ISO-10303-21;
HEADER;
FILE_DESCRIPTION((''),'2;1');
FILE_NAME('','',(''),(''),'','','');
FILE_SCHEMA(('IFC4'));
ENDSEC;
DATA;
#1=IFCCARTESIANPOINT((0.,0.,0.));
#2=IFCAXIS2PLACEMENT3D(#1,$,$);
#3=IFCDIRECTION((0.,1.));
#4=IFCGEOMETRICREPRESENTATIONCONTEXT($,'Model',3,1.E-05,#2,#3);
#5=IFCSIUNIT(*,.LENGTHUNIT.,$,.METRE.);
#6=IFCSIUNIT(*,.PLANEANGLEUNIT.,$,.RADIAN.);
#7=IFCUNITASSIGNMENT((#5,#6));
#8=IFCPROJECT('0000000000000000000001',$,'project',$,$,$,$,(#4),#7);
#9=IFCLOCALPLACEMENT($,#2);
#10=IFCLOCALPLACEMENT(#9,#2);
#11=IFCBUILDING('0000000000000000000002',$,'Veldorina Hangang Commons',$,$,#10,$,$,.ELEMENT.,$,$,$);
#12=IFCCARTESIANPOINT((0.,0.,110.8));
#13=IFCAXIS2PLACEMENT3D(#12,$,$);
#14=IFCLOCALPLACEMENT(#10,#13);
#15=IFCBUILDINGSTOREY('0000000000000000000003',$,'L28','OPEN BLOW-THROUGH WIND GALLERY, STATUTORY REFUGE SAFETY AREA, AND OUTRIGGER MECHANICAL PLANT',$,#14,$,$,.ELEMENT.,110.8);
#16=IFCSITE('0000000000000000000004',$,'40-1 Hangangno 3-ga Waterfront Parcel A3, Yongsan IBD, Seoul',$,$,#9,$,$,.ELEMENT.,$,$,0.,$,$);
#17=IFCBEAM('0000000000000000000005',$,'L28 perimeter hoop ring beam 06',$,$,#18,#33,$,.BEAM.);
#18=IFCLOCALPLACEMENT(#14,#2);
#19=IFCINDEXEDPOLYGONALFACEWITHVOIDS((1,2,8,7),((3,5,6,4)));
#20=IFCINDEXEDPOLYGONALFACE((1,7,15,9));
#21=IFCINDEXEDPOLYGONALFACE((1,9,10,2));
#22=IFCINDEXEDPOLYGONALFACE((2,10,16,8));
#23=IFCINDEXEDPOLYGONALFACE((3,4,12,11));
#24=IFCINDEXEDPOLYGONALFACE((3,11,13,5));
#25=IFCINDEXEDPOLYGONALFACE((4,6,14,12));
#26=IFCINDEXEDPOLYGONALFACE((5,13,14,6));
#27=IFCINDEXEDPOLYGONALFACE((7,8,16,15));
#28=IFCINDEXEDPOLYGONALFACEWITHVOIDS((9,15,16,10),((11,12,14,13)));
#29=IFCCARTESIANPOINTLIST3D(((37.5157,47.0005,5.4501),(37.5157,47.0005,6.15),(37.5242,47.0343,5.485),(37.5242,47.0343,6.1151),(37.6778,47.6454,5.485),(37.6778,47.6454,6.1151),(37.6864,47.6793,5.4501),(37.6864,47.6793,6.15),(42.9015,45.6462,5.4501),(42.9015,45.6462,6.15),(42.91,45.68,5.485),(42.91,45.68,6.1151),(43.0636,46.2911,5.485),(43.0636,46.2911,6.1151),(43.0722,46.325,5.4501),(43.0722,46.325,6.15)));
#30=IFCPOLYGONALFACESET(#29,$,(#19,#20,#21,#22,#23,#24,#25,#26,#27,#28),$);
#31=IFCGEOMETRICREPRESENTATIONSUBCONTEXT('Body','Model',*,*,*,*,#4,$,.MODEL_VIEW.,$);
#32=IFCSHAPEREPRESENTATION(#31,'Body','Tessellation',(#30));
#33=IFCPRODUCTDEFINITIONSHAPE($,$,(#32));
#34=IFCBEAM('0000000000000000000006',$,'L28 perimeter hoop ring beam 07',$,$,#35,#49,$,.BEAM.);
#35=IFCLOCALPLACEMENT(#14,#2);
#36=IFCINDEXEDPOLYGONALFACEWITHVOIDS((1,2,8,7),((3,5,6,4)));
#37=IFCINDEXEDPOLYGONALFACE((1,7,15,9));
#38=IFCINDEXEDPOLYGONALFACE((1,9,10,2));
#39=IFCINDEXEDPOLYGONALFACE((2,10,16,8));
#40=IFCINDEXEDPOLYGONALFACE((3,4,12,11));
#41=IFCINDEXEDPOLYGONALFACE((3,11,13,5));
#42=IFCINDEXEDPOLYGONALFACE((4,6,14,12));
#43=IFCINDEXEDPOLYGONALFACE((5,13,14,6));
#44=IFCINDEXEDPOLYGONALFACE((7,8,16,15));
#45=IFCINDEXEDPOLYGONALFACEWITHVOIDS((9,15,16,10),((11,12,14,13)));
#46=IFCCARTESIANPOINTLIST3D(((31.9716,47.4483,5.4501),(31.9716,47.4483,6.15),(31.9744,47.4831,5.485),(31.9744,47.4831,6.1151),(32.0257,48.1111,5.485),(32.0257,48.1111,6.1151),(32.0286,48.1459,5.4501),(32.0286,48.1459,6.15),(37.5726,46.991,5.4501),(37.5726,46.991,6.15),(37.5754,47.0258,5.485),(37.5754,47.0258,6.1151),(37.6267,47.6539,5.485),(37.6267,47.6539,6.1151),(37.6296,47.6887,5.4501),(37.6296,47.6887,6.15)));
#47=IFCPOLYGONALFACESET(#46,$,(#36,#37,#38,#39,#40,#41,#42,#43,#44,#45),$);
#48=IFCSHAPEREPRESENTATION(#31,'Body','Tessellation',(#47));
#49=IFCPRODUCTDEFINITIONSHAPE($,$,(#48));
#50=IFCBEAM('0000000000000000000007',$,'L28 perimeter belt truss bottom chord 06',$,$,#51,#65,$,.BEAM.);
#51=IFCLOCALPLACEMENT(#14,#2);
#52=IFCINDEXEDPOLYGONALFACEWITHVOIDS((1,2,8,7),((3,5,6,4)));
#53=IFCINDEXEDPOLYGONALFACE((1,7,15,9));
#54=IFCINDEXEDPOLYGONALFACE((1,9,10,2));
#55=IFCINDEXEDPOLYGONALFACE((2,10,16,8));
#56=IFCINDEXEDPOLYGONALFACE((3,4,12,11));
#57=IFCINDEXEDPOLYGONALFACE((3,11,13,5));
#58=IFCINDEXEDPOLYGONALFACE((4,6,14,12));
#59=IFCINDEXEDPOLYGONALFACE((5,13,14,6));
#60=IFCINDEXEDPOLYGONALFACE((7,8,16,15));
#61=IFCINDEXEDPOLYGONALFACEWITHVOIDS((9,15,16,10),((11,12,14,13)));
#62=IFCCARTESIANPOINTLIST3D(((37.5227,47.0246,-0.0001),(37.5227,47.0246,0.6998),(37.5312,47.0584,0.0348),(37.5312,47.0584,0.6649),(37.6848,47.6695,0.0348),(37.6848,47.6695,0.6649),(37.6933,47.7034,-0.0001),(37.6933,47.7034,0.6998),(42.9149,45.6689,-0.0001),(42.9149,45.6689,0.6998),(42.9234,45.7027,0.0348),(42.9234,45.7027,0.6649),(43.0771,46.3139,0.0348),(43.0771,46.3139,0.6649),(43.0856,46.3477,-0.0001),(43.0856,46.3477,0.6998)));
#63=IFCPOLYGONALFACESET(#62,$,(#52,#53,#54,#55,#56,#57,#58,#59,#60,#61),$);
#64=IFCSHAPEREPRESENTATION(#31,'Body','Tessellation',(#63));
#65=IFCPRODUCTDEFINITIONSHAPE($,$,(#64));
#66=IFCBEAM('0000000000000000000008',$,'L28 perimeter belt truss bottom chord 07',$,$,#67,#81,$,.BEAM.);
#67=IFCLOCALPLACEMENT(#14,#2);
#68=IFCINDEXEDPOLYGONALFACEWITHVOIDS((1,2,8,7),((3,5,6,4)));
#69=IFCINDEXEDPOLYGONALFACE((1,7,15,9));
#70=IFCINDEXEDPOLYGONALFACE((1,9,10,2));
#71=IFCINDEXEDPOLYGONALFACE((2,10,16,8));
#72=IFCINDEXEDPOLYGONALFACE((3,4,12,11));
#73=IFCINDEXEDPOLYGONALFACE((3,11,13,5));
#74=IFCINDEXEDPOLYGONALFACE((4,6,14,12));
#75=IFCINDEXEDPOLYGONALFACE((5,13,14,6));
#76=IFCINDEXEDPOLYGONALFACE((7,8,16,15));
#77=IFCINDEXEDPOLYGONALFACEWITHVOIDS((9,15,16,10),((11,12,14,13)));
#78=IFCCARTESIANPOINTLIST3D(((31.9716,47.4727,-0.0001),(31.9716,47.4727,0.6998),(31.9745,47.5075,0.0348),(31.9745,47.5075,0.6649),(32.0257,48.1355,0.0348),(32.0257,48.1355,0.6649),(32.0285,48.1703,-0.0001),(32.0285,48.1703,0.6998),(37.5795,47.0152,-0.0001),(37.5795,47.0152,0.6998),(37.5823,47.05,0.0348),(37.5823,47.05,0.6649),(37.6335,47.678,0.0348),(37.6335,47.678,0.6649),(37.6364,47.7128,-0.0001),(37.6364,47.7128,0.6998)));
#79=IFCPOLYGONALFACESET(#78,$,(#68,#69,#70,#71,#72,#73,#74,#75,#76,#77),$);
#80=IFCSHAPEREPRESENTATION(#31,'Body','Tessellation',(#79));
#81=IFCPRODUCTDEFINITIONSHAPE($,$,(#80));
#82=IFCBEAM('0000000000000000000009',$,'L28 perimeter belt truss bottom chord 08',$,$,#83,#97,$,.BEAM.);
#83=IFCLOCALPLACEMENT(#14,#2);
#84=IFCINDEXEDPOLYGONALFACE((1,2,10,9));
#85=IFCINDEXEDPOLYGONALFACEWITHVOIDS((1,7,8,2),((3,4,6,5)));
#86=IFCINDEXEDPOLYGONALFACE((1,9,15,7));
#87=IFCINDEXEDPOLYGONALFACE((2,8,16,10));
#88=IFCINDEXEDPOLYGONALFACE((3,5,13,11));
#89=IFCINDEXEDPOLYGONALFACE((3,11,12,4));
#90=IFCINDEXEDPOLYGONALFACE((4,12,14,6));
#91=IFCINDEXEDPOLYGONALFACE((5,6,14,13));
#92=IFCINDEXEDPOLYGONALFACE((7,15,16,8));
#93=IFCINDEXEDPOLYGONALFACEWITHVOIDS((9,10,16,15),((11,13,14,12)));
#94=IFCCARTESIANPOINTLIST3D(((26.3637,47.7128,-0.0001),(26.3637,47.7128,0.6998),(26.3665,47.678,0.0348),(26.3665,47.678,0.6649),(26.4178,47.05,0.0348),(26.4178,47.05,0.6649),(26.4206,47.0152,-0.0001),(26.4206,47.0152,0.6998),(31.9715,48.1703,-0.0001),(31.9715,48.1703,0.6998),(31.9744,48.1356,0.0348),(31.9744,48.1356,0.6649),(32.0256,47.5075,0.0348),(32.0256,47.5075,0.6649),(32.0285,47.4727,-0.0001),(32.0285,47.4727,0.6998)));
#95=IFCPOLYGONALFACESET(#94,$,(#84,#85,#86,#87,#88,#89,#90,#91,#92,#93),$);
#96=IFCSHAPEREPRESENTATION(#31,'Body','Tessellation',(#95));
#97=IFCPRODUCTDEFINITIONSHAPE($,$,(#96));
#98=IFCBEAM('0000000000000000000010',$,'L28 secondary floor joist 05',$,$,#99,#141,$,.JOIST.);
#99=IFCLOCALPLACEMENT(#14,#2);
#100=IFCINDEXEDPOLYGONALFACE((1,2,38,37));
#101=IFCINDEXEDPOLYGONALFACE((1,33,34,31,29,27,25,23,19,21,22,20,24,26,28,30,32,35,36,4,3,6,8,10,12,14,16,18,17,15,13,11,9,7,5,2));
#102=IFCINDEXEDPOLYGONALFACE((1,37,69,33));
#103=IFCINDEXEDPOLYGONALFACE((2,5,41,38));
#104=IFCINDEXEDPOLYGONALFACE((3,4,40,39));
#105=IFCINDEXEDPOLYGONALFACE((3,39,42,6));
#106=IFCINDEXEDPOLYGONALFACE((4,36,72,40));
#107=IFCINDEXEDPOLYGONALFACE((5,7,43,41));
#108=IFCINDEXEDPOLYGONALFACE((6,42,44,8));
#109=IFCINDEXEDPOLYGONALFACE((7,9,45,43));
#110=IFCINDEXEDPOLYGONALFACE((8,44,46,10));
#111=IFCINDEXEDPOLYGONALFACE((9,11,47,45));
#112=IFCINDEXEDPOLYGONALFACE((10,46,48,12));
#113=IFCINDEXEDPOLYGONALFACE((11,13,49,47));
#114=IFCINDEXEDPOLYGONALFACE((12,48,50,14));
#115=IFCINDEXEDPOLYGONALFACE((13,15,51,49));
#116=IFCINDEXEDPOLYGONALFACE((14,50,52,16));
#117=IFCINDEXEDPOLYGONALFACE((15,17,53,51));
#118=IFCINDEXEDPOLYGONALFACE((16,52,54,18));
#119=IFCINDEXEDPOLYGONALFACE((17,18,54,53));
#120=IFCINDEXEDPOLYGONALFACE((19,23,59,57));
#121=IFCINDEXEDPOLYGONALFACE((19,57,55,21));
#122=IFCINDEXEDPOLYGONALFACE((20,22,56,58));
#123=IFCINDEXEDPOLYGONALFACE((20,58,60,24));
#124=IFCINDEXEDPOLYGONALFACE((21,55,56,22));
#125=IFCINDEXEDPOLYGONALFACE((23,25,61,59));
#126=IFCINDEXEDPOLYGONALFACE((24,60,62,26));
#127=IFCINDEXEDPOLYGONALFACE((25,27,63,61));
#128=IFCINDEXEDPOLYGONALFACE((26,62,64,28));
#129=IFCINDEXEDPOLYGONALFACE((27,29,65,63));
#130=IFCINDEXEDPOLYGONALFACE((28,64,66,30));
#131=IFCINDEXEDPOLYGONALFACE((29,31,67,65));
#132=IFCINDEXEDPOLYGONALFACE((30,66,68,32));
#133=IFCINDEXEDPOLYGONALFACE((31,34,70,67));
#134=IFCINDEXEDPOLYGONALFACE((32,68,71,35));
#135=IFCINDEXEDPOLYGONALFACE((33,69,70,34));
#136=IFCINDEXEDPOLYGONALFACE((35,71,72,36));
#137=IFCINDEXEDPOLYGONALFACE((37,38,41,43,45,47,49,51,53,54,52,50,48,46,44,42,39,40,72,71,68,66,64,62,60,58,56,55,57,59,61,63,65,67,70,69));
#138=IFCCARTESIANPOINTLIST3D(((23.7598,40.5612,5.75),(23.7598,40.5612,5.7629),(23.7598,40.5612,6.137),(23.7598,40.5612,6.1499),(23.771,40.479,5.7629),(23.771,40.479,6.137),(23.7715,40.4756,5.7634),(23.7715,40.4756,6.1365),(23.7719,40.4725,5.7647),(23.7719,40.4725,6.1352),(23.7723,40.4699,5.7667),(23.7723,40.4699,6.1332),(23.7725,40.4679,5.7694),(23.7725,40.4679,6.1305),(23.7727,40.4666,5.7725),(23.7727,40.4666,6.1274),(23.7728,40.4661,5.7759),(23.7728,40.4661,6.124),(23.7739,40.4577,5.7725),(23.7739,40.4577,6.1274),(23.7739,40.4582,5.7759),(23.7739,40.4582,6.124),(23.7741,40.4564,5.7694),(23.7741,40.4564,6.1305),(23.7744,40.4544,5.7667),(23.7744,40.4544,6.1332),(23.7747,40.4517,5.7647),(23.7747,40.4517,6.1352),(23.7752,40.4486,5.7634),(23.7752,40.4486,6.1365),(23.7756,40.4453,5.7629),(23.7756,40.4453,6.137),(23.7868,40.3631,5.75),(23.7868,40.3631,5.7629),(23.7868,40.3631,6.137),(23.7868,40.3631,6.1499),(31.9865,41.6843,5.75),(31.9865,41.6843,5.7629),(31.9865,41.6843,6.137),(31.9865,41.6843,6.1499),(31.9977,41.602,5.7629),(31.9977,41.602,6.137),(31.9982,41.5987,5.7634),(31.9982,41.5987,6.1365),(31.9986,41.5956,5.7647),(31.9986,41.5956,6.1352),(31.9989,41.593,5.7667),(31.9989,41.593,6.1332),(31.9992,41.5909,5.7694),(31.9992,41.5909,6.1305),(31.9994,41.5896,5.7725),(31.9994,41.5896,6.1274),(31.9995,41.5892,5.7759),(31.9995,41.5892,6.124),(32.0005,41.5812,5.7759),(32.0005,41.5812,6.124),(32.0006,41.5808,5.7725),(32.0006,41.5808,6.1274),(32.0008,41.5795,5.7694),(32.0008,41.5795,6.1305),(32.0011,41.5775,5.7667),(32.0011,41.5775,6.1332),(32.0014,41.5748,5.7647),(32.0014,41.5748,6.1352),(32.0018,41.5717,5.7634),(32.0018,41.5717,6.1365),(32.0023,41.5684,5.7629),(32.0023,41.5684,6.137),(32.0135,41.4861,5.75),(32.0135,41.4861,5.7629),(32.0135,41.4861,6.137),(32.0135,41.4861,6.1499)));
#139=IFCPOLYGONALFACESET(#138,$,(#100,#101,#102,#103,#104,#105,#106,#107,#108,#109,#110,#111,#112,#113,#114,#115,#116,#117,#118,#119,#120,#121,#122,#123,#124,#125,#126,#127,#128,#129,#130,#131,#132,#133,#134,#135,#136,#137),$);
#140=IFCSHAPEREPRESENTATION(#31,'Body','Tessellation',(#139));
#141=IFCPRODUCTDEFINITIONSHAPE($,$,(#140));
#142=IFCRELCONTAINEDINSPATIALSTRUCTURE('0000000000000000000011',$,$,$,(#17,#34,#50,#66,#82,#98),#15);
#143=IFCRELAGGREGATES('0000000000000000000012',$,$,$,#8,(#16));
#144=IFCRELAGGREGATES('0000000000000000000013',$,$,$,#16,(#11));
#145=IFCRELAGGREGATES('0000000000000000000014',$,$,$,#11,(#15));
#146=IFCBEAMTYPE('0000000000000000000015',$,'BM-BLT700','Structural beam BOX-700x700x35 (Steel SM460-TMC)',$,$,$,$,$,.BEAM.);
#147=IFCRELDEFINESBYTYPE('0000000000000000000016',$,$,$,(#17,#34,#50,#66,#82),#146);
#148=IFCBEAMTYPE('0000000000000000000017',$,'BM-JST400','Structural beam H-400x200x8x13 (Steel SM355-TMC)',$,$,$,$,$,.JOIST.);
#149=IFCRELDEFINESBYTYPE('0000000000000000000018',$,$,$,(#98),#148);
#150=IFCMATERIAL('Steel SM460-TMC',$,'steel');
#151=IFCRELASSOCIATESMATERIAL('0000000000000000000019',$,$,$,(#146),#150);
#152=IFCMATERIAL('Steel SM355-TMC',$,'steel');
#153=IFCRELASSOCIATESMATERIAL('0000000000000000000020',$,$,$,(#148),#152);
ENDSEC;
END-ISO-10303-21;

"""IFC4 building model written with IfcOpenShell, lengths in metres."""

from ifc_helpers import new_model, si_unit, direction, frame, origin, origin_2d, place, context, subcontext, project, spatial, hollow_rectangle, i_section, extrude, material, material_profile, profile_set, type_object, element, save


model = new_model("IFC4")

# Units and contexts
model_context = context("Model", 3, precision=1e-05, world=origin(), true_north=direction((0.0, 1.0)))
body_context = subcontext(model_context, "Body", "Model", "MODEL_VIEW")
ifc_project = project(units=[si_unit("LENGTHUNIT", "METRE"), si_unit("PLANEANGLEUNIT", "RADIAN")], contexts=[model_context])

# Site, building, storey
site_placement = place(None, origin())
site = spatial("IfcSite", under=ifc_project, at=site_placement, Name="40-1 Hangangno 3-ga Waterfront Parcel A3, Yongsan IBD, Seoul", CompositionType="ELEMENT", RefElevation=0.0)
building_placement = place(site_placement, origin())
building = spatial("IfcBuilding", under=site, at=building_placement, Name="Veldorina Hangang Commons", CompositionType="ELEMENT")
storey_placement = place(building_placement, frame((0.0, 0.0, 110.8)))
storey = spatial("IfcBuildingStorey", under=building, at=storey_placement, Name="L28", Description="OPEN BLOW-THROUGH WIND GALLERY, STATUTORY REFUGE SAFETY AREA, AND OUTRIGGER MECHANICAL PLANT", CompositionType="ELEMENT", Elevation=110.8)

# Beams
ifc_material_1 = material(Name="Steel SM460-TMC", Category="steel")
ifc_material_profile_1 = material_profile(ifc_material_1, hollow_rectangle(XDim=0.7, YDim=0.7, WallThickness=0.0349, at=origin_2d()), Name="BOX-700x700x35")
ifc_profile_set_1 = profile_set([ifc_material_profile_1], Name="Steel SM460-TMC")
beam_type_1 = type_object("IfcBeamType", Name="BM-BLT700", Description="Structural beam BOX-700x700x35 (Steel SM460-TMC)", PredefinedType="BEAM", material=ifc_profile_set_1)
beam_1_placement = place(storey_placement, frame((42.9868, 45.9856, 5.8), z_axis=(-0.969811, 0.243859, 0.0), x_axis=(-0.243859, -0.969811, 0.0)))
element("IfcBeam", 1, at=beam_1_placement, inside=storey, type_object=beam_type_1, Name="L28 perimeter hoop ring beam 06", PredefinedType="BEAM", context=body_context, shape_type="SweptSolid", body=[
    extrude(hollow_rectangle(XDim=0.7, YDim=0.7, WallThickness=0.0349, at=origin_2d()), origin(), (0.0, 0.0, 1.0), 5.5535),
])
beam_2_placement = place(storey_placement, frame((37.6011, 47.3398, 5.8), z_axis=(-0.996684, 0.08137, 0.0), x_axis=(-0.08137, -0.996684, 0.0)))
element("IfcBeam", 2, at=beam_2_placement, inside=storey, type_object=beam_type_1, Name="L28 perimeter hoop ring beam 07", PredefinedType="BEAM", context=body_context, shape_type="SweptSolid", body=[
    extrude(hollow_rectangle(XDim=0.7, YDim=0.7, WallThickness=0.0349, at=origin_2d()), origin(), (0.0, 0.0, 1.0), 5.6196),
])
beam_3_placement = place(storey_placement, frame((43.0002, 46.0083, 0.3499), z_axis=(-0.969819, 0.243827, 0.0), x_axis=(-0.243827, -0.969819, 0.0)))
element("IfcBeam", 3, at=beam_3_placement, inside=storey, type_object=beam_type_1, Name="L28 perimeter belt truss bottom chord 06", PredefinedType="BEAM", context=body_context, shape_type="SweptSolid", body=[
    extrude(hollow_rectangle(XDim=0.7, YDim=0.7, WallThickness=0.0349, at=origin_2d()), origin(), (0.0, 0.0, 1.0), 5.5601),
])
for number, where, z_axis, x_axis, name in (
    (4, (37.6079, 47.364, 0.3499), (-0.996688, 0.081315, 0.0), (-0.081315, -0.996688, 0.0), "L28 perimeter belt truss bottom chord 07"),
    (5, (32.0, 47.8215, 0.3499), (-0.996688, -0.081315, 0.0), (0.081315, -0.996688, 0.0), "L28 perimeter belt truss bottom chord 08"),
):
    element("IfcBeam", number, at=place(storey_placement, frame(where, z_axis=z_axis, x_axis=x_axis)), inside=storey, type_object=beam_type_1, Name=name, PredefinedType="BEAM", context=body_context, shape_type="SweptSolid", body=[
        extrude(hollow_rectangle(XDim=0.7, YDim=0.7, WallThickness=0.0349, at=origin_2d()), origin(), (0.0, 0.0, 1.0), 5.6265),
    ])
ifc_material_2 = material(Name="Steel SM355-TMC", Category="steel")
ifc_material_profile_2 = material_profile(ifc_material_2, i_section(OverallWidth=0.2, OverallDepth=0.3999, WebThickness=0.0081, FlangeThickness=0.0129, FilletRadius=0.0129, at=origin_2d()), Name="H-400x200x8x13")
ifc_profile_set_2 = profile_set([ifc_material_profile_2], Name="Steel SM355-TMC")
beam_type_2 = type_object("IfcBeamType", Name="BM-JST400", Description="Structural beam H-400x200x8x13 (Steel SM355-TMC)", PredefinedType="JOIST", material=ifc_profile_set_2)
beam_4_placement = place(storey_placement, frame((32.0, 41.5852, 5.95), z_axis=(-0.99081, -0.13526, 0.0), x_axis=(0.13526, -0.99081, 0.0)))
element("IfcBeam", 6, at=beam_4_placement, inside=storey, type_object=beam_type_2, Name="L28 secondary floor joist 05", PredefinedType="JOIST", context=body_context, shape_type="SweptSolid", body=[
    extrude(i_section(OverallWidth=0.2, OverallDepth=0.3999, WebThickness=0.0081, FlangeThickness=0.0129, FilletRadius=0.0129, at=origin_2d()), origin(), (0.0, 0.0, 1.0), 8.303),
])

save(model, "model.ifc")
